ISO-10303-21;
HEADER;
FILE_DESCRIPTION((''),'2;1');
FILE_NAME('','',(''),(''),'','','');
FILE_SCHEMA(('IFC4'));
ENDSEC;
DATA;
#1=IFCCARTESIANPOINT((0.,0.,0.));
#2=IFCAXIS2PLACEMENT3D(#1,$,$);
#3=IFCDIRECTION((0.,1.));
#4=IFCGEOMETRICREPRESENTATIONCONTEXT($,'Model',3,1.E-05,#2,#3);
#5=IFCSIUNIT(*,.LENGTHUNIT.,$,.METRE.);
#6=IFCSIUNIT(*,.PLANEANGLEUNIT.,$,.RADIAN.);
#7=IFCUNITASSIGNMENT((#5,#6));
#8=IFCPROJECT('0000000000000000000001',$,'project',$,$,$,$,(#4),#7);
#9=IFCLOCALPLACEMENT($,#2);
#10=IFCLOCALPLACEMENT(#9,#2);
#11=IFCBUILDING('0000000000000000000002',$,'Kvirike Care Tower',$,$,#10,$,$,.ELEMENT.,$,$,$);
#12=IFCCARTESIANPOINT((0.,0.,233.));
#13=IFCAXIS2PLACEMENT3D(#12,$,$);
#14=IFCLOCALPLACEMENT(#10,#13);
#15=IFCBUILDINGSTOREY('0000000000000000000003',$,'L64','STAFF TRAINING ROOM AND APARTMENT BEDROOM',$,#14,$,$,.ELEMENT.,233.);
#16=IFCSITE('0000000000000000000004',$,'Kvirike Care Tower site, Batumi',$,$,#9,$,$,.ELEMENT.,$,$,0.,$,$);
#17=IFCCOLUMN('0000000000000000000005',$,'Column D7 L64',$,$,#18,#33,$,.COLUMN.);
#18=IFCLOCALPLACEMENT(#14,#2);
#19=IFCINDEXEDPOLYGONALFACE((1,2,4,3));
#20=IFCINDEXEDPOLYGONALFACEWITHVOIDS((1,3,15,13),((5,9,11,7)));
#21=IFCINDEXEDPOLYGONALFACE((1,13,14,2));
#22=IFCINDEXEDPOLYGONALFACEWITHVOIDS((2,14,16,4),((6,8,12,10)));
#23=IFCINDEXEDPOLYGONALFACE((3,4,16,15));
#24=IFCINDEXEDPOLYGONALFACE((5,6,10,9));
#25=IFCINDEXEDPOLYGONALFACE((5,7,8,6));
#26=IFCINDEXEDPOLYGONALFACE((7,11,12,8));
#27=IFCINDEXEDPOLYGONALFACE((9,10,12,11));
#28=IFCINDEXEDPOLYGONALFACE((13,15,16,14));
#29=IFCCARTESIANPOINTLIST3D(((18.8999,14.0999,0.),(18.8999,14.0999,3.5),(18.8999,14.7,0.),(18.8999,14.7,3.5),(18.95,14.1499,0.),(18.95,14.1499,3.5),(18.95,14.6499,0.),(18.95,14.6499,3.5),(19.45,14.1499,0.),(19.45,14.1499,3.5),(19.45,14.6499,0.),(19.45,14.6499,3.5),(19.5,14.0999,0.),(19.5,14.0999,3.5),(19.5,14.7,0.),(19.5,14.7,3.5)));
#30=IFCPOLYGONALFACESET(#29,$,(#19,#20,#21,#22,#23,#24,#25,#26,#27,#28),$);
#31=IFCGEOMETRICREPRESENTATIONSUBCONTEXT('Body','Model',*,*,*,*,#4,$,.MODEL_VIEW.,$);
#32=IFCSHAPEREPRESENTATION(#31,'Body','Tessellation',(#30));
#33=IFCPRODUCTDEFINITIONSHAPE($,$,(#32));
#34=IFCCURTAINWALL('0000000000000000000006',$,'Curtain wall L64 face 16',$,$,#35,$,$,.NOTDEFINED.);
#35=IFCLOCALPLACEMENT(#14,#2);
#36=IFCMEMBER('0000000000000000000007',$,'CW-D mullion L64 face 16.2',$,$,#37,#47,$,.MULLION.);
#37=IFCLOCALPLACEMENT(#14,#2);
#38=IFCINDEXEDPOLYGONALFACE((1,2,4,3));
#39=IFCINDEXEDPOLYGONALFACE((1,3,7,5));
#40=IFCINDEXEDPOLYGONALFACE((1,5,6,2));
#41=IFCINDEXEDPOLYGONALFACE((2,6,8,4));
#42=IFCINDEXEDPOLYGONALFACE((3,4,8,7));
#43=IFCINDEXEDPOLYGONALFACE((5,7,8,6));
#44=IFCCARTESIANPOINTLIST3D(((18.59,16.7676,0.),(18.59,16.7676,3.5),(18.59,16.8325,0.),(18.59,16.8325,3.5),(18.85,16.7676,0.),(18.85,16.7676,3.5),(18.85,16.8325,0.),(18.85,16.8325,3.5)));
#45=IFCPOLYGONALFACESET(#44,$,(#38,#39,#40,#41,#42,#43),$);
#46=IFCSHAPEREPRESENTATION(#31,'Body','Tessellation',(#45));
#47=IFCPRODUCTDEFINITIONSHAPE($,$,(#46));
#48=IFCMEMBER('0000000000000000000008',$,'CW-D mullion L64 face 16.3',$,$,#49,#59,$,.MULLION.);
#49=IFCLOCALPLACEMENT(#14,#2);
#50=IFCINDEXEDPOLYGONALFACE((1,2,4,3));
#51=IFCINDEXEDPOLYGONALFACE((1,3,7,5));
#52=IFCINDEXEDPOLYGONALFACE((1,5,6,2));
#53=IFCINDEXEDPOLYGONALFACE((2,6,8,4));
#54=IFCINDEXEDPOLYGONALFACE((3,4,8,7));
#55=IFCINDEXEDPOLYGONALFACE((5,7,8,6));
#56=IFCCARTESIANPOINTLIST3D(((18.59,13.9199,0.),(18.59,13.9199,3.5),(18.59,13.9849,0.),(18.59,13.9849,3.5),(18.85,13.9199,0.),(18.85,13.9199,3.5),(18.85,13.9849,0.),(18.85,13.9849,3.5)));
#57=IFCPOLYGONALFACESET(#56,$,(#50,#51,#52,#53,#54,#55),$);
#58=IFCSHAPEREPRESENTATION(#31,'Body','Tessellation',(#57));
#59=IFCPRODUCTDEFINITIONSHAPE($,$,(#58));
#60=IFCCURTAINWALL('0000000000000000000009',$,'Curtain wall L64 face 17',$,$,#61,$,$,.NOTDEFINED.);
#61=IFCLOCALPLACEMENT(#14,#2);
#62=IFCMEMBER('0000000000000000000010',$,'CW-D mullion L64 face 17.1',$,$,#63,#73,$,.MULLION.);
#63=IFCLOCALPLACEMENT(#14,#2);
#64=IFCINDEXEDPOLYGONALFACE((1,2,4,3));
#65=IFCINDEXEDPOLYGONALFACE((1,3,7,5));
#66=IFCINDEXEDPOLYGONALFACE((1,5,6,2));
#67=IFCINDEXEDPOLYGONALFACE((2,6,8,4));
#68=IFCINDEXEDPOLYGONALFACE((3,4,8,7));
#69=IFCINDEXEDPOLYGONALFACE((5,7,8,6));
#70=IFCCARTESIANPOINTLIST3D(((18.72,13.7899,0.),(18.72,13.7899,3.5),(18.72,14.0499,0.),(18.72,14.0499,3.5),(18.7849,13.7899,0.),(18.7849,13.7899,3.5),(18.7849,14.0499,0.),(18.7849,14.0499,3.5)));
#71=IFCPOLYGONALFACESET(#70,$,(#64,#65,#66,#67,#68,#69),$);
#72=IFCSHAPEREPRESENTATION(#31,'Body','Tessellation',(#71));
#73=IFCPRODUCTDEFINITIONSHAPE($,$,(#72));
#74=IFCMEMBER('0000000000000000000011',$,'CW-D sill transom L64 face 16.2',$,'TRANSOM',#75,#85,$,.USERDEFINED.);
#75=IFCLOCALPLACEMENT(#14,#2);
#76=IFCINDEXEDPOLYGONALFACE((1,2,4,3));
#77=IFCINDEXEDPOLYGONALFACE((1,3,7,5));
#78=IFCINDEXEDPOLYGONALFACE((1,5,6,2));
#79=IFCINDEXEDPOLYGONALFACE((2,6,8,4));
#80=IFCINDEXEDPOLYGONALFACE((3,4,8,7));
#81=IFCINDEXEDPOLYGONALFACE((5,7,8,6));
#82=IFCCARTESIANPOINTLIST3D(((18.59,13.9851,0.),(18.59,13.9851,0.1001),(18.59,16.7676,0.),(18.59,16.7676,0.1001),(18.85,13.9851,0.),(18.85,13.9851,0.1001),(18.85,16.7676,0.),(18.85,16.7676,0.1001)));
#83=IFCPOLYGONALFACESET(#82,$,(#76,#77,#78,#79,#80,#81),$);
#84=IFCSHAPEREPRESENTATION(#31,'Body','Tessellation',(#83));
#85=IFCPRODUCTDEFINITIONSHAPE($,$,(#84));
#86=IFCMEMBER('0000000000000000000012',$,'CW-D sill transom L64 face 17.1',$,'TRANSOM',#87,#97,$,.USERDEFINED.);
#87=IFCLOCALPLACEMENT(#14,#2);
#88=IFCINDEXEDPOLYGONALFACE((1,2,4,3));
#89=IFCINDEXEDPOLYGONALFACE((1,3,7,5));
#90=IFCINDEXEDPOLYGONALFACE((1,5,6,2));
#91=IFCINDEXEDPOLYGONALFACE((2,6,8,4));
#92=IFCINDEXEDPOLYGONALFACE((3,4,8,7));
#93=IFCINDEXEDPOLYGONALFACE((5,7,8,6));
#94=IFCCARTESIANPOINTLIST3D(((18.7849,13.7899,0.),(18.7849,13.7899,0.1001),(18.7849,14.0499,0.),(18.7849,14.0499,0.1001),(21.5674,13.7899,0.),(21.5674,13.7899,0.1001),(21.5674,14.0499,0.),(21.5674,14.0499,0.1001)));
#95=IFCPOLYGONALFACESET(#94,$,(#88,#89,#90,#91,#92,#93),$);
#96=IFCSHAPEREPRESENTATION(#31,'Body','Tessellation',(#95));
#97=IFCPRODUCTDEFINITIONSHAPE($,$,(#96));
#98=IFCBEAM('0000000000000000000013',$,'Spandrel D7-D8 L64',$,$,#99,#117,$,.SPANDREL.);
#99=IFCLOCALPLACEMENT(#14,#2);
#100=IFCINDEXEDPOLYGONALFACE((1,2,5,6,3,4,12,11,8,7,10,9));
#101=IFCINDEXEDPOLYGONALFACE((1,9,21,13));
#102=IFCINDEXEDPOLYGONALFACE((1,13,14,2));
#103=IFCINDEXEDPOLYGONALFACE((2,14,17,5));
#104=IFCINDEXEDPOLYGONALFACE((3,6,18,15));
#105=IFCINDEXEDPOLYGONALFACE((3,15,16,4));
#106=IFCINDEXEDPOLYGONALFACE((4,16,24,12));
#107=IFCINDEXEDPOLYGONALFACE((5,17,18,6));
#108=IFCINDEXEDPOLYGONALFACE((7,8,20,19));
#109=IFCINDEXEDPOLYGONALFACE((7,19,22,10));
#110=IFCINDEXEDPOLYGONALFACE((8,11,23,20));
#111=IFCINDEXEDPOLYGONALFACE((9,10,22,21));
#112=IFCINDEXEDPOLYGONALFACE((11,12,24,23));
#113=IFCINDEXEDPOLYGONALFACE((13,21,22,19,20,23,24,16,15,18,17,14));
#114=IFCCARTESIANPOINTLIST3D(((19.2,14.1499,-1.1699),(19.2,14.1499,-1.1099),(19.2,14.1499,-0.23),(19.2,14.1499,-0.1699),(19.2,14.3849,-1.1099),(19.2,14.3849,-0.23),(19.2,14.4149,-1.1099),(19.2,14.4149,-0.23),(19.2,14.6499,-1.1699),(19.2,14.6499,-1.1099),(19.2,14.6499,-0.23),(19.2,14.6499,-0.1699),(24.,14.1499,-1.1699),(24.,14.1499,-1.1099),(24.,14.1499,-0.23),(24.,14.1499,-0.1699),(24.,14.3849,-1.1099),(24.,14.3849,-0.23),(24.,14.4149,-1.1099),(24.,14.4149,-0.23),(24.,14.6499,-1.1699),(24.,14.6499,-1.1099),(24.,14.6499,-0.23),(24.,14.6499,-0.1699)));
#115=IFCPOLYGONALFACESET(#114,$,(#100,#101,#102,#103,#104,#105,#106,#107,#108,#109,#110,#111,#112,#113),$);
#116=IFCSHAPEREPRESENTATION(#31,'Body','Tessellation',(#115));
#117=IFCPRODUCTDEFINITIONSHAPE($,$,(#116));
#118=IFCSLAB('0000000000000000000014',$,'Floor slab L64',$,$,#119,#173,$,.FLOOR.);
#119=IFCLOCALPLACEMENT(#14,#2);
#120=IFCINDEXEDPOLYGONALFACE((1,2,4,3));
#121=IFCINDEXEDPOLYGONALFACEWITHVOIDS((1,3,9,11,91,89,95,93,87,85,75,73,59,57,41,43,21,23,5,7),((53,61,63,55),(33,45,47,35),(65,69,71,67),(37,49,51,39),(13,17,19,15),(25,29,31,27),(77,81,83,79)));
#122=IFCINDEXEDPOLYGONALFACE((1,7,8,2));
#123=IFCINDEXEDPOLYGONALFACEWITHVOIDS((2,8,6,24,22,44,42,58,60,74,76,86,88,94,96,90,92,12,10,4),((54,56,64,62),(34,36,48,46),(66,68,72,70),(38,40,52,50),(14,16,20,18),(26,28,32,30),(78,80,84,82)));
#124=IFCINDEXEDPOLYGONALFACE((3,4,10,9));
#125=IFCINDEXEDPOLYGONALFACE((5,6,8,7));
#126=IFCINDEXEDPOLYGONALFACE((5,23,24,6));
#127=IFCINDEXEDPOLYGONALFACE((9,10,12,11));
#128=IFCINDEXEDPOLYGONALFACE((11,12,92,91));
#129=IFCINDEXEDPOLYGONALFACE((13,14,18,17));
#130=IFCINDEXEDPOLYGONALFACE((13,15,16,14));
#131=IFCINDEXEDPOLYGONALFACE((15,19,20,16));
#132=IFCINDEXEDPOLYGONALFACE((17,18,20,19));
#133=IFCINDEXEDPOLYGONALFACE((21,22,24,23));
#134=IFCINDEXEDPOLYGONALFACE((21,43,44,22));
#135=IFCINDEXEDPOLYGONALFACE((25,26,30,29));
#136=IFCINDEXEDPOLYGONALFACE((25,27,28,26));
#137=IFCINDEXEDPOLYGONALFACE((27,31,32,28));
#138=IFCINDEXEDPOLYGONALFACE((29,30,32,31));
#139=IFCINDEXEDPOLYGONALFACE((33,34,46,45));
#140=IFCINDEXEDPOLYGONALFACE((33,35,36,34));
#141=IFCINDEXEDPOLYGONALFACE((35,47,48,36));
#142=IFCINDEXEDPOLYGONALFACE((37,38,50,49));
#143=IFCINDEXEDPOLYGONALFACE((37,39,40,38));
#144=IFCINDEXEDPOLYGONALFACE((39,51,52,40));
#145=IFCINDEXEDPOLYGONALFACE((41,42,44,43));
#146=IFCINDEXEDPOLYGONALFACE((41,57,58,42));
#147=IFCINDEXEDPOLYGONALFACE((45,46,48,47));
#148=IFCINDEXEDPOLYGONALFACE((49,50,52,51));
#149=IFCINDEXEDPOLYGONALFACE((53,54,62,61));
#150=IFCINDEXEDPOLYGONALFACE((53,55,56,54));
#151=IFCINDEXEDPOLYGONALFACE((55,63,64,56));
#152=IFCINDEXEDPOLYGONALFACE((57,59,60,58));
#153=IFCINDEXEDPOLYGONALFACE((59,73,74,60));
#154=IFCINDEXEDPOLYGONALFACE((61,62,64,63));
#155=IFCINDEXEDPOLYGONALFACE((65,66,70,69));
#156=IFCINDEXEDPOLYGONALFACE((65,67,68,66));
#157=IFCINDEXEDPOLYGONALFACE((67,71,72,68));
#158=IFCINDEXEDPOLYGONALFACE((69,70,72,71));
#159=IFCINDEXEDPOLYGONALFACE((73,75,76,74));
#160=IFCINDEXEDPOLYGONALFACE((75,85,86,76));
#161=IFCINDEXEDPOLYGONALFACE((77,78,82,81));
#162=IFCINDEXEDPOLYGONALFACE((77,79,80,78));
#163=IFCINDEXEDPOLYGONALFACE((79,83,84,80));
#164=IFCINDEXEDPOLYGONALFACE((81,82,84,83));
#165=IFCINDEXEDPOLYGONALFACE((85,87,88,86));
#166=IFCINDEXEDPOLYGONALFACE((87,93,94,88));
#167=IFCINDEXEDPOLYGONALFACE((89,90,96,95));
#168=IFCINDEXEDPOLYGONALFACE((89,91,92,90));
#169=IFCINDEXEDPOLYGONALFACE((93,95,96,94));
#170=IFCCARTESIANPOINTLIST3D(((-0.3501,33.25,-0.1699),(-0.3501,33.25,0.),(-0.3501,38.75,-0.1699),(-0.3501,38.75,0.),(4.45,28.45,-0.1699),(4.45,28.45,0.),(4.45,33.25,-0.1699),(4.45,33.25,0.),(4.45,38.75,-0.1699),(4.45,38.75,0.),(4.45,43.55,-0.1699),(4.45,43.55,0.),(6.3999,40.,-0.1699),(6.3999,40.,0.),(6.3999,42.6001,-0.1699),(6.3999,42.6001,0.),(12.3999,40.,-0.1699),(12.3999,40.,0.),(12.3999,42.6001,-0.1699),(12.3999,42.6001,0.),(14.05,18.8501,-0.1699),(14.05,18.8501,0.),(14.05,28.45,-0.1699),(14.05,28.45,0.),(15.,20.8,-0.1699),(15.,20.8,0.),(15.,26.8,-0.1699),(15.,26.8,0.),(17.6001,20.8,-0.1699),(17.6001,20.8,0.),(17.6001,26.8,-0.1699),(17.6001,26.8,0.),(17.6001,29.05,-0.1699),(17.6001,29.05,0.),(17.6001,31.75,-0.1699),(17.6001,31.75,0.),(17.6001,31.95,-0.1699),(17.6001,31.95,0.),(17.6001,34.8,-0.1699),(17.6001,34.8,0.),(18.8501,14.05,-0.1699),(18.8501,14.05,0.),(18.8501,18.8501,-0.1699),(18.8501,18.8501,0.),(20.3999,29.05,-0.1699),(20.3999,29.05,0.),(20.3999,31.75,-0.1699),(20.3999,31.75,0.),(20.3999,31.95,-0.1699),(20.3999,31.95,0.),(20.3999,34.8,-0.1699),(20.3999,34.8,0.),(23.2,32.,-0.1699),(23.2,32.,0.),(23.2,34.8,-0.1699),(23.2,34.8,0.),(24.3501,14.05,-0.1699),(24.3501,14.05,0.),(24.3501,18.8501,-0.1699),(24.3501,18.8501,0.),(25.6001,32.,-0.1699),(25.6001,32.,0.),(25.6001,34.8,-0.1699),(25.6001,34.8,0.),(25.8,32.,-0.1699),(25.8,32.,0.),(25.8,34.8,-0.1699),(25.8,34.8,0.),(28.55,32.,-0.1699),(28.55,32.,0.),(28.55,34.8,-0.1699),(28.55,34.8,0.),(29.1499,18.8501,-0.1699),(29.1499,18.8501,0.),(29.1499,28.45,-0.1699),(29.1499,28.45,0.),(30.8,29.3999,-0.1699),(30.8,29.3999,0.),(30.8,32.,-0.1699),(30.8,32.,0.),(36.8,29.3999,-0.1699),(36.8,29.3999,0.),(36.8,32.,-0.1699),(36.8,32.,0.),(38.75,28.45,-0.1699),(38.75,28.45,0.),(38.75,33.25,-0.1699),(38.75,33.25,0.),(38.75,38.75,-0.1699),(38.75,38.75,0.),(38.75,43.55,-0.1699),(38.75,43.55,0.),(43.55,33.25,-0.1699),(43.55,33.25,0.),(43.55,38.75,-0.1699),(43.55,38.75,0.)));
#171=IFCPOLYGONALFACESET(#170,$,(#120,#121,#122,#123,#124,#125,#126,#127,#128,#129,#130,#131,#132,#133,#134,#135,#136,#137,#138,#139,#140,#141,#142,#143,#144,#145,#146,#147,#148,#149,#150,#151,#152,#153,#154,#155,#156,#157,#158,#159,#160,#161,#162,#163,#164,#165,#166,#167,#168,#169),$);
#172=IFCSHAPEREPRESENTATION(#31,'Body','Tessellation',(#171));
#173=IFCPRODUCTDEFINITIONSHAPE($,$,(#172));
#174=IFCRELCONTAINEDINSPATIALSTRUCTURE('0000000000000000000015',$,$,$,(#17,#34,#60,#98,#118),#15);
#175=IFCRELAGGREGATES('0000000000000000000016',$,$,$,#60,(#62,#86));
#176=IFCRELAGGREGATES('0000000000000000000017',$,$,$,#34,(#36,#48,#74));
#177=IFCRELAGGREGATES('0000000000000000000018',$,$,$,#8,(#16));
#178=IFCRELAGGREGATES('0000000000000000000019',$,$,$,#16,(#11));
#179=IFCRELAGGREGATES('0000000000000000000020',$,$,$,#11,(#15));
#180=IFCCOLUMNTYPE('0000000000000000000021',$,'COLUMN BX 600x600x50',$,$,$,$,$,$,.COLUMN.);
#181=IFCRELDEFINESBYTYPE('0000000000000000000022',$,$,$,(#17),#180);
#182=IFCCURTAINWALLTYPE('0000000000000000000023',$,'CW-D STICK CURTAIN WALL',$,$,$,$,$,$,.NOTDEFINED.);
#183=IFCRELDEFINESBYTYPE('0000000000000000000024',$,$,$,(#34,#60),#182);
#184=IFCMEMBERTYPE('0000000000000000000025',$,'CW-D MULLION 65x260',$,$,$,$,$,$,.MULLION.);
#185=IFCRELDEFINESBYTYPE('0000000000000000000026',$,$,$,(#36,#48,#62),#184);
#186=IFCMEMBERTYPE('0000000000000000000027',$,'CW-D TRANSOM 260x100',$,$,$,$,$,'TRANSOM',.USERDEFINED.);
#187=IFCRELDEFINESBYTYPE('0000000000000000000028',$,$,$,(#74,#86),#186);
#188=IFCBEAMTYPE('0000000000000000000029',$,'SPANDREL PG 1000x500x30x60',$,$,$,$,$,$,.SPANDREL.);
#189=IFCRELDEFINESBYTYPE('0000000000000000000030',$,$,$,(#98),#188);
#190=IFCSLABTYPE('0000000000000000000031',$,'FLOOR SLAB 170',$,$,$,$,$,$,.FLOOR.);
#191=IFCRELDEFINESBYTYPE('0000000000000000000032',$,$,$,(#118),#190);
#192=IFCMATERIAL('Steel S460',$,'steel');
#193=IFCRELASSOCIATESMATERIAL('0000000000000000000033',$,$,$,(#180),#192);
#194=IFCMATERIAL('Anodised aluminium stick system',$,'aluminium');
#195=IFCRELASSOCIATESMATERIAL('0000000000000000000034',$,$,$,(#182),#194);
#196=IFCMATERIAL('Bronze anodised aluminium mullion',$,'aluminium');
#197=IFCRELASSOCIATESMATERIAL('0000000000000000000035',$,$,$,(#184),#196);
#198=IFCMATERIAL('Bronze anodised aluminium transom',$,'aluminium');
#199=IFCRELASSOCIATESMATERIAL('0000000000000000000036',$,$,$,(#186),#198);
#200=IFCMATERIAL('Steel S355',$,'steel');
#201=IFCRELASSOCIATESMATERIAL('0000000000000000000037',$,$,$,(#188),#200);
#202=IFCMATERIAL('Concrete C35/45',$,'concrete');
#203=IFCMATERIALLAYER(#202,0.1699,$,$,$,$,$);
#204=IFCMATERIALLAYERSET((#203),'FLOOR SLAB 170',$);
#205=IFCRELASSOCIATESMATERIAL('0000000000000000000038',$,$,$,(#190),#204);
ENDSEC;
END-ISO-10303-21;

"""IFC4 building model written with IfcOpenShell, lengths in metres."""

from ifc_helpers import new_model, si_unit, direction, frame, origin, origin_2d, place, context, subcontext, project, spatial, polyline, rectangle, hollow_rectangle, i_section, outline, extrude, material, layer, layer_set, material_profile, profile_set, type_object, element, aggregate, save


model = new_model("IFC4")

# Units and contexts
model_context = context("Model", 3, precision=1e-05, world=origin(), true_north=direction((0.0, 1.0)))
body_context = subcontext(model_context, "Body", "Model", "MODEL_VIEW")
ifc_project = project(units=[si_unit("LENGTHUNIT", "METRE"), si_unit("PLANEANGLEUNIT", "RADIAN")], contexts=[model_context])

# Site, building, storey
site_placement = place(None, origin())
site = spatial("IfcSite", under=ifc_project, at=site_placement, Name="Kvirike Care Tower site, Batumi", CompositionType="ELEMENT", RefElevation=0.0)
building_placement = place(site_placement, origin())
building = spatial("IfcBuilding", under=site, at=building_placement, Name="Kvirike Care Tower", CompositionType="ELEMENT")
storey_placement = place(building_placement, frame((0.0, 0.0, 233.0)))
storey = spatial("IfcBuildingStorey", under=building, at=storey_placement, Name="L64", Description="STAFF TRAINING ROOM AND APARTMENT BEDROOM", CompositionType="ELEMENT", Elevation=233.0)

# Column
ifc_material_1 = material(Name="Steel S460", Category="steel")
ifc_material_profile_1 = material_profile(ifc_material_1, hollow_rectangle(XDim=0.6001, YDim=0.6001, WallThickness=0.05, at=origin_2d()), Name="BX 600x600x50")
ifc_profile_set_1 = profile_set([ifc_material_profile_1], Name="Steel S460")
column_type = type_object("IfcColumnType", Name="COLUMN BX 600x600x50", PredefinedType="COLUMN", material=ifc_profile_set_1)
column_placement = place(storey_placement, frame((19.2, 14.3999, 0.0), z_axis=(0.0, 0.0, 1.0), x_axis=(0.0, 1.0, 0.0)))
element("IfcColumn", 1, at=column_placement, inside=storey, type_object=column_type, Name="Column D7 L64", PredefinedType="COLUMN", context=body_context, shape_type="SweptSolid", body=[
    extrude(hollow_rectangle(XDim=0.6001, YDim=0.6001, WallThickness=0.05, at=origin_2d()), origin(), (0.0, 0.0, 1.0), 3.5),
])

# Curtain wall, members
ifc_material_2 = material(Name="Anodised aluminium stick system", Category="aluminium")
curtain_wall_type = type_object("IfcCurtainWallType", Name="CW-D STICK CURTAIN WALL", PredefinedType="NOTDEFINED", material=ifc_material_2)
curtain_wall_1_placement = place(storey_placement, origin())
curtain_wall_1 = element("IfcCurtainWall", 2, at=curtain_wall_1_placement, inside=storey, type_object=curtain_wall_type, Name="Curtain wall L64 face 16", PredefinedType="NOTDEFINED")
ifc_material_3 = material(Name="Bronze anodised aluminium mullion", Category="aluminium")
ifc_material_profile_2 = material_profile(ifc_material_3, rectangle(XDim=0.0649, YDim=0.26, at=origin_2d()), Name="CW-D MULLION 65x260")
ifc_profile_set_2 = profile_set([ifc_material_profile_2], Name="Bronze anodised aluminium mullion")
member_type_1 = type_object("IfcMemberType", Name="CW-D MULLION 65x260", PredefinedType="MULLION", material=ifc_profile_set_2)
member_1_placement = place(storey_placement, frame((18.72, 16.8, 0.0), z_axis=(0.0, 0.0, 1.0), x_axis=(0.0, -1.0, 0.0)))
member_1 = element("IfcMember", 3, at=member_1_placement, type_object=member_type_1, Name="CW-D mullion L64 face 16.2", PredefinedType="MULLION", context=body_context, shape_type="SweptSolid", body=[
    extrude(rectangle(XDim=0.0649, YDim=0.26, at=origin_2d()), origin(), (0.0, 0.0, 1.0), 3.5),
])
member_2_placement = place(storey_placement, frame((18.72, 13.9524, 0.0), z_axis=(0.0, 0.0, 1.0), x_axis=(0.0, -1.0, 0.0)))
member_2 = element("IfcMember", 4, at=member_2_placement, type_object=member_type_1, Name="CW-D mullion L64 face 16.3", PredefinedType="MULLION", context=body_context, shape_type="SweptSolid", body=[
    extrude(rectangle(XDim=0.0649, YDim=0.26, at=origin_2d()), origin(), (0.0, 0.0, 1.0), 3.5),
])

# Curtain wall, member
curtain_wall_2_placement = place(storey_placement, origin())
curtain_wall_2 = element("IfcCurtainWall", 5, at=curtain_wall_2_placement, inside=storey, type_object=curtain_wall_type, Name="Curtain wall L64 face 17", PredefinedType="NOTDEFINED")
member_3_placement = place(storey_placement, frame((18.7524, 13.9199, 0.0), z_axis=(0.0, 0.0, 1.0), x_axis=(1.0, 0.0, 0.0)))
member_3 = element("IfcMember", 6, at=member_3_placement, type_object=member_type_1, Name="CW-D mullion L64 face 17.1", PredefinedType="MULLION", context=body_context, shape_type="SweptSolid", body=[
    extrude(rectangle(XDim=0.0649, YDim=0.26, at=origin_2d()), origin(), (0.0, 0.0, 1.0), 3.5),
])

# Members
ifc_material_4 = material(Name="Bronze anodised aluminium transom", Category="aluminium")
ifc_material_profile_3 = material_profile(ifc_material_4, rectangle(XDim=0.26, YDim=0.1001, at=origin_2d()), Name="CW-D TRANSOM 260x100")
ifc_profile_set_3 = profile_set([ifc_material_profile_3], Name="Bronze anodised aluminium transom")
member_type_2 = type_object("IfcMemberType", Name="CW-D TRANSOM 260x100", ElementType="TRANSOM", PredefinedType="USERDEFINED", material=ifc_profile_set_3)
member_4_placement = place(storey_placement, frame((18.72, 16.7676, 0.05), z_axis=(0.0, -1.0, 0.0), x_axis=(1.0, 0.0, 0.0)))
member_4 = element("IfcMember", 7, at=member_4_placement, type_object=member_type_2, Name="CW-D sill transom L64 face 16.2", ObjectType="TRANSOM", PredefinedType="USERDEFINED", context=body_context, shape_type="SweptSolid", body=[
    extrude(rectangle(XDim=0.26, YDim=0.1001, at=origin_2d()), origin(), (0.0, 0.0, 1.0), 2.7825),
])
member_5_placement = place(storey_placement, frame((18.7849, 13.9199, 0.05), z_axis=(1.0, 0.0, 0.0), x_axis=(0.0, 1.0, 0.0)))
member_5 = element("IfcMember", 8, at=member_5_placement, type_object=member_type_2, Name="CW-D sill transom L64 face 17.1", ObjectType="TRANSOM", PredefinedType="USERDEFINED", context=body_context, shape_type="SweptSolid", body=[
    extrude(rectangle(XDim=0.26, YDim=0.1001, at=origin_2d()), origin(), (0.0, 0.0, 1.0), 2.7825),
])
aggregate(curtain_wall_2, [member_3, member_5])

# Beam
ifc_material_5 = material(Name="Steel S355", Category="steel")
ifc_material_profile_4 = material_profile(ifc_material_5, i_section(OverallWidth=0.5, OverallDepth=1.0, WebThickness=0.03, FlangeThickness=0.0601, at=origin_2d()), Name="PG 1000x500x30x60")
ifc_profile_set_4 = profile_set([ifc_material_profile_4], Name="Steel S355")
beam_type = type_object("IfcBeamType", Name="SPANDREL PG 1000x500x30x60", PredefinedType="SPANDREL", material=ifc_profile_set_4)
beam_placement = place(storey_placement, frame((19.2, 14.3999, -0.6699), z_axis=(1.0, 0.0, 0.0), x_axis=(0.0, 1.0, 0.0)))
element("IfcBeam", 9, at=beam_placement, inside=storey, type_object=beam_type, Name="Spandrel D7-D8 L64", PredefinedType="SPANDREL", context=body_context, shape_type="SweptSolid", body=[
    extrude(i_section(OverallWidth=0.5, OverallDepth=1.0, WebThickness=0.03, FlangeThickness=0.0601, at=origin_2d()), origin(), (0.0, 0.0, 1.0), 4.8),
])

# Slab
ifc_material_6 = material(Name="Concrete C35/45", Category="concrete")
ifc_layer_1 = layer(ifc_material_6, 0.1699)
ifc_layer_set_1 = layer_set([ifc_layer_1], Name="FLOOR SLAB 170")
slab_type_1 = type_object("IfcSlabType", Name="FLOOR SLAB 170", PredefinedType="FLOOR", material=ifc_layer_set_1)
slab_1_placement = place(storey_placement, frame((0.0, 0.0, -0.1699)))
element("IfcSlab", 10, at=slab_1_placement, inside=storey, type_object=slab_type_1, Name="Floor slab L64", PredefinedType="FLOOR", context=body_context, shape_type="SweptSolid", body=[
    extrude(outline(polyline([(29.1499, 28.45), (38.75, 28.45), (38.75, 33.25), (43.55, 33.25), (43.55, 38.75), (38.75, 38.75), (38.75, 43.55), (4.45, 43.55), (4.45, 38.75), (-0.3501, 38.75), (-0.3501, 33.25), (4.45, 33.25), (4.45, 28.45), (14.05, 28.45), (14.05, 18.8501), (18.8501, 18.8501), (18.8501, 14.05), (24.3501, 14.05), (24.3501, 18.8501), (29.1499, 18.8501), (29.1499, 28.45)]), holes=[polyline([(17.6001, 29.05), (17.6001, 31.75), (20.3999, 31.75), (20.3999, 29.05), (17.6001, 29.05)]), polyline([(17.6001, 31.95), (17.6001, 34.8), (20.3999, 34.8), (20.3999, 31.95), (17.6001, 31.95)]), polyline([(23.2, 32.0), (23.2, 34.8), (25.6001, 34.8), (25.6001, 32.0), (23.2, 32.0)]), polyline([(25.8, 32.0), (25.8, 34.8), (28.55, 34.8), (28.55, 32.0), (25.8, 32.0)]), polyline([(12.3999, 42.6001), (12.3999, 40.0), (6.3999, 40.0), (6.3999, 42.6001), (12.3999, 42.6001)]), polyline([(30.8, 29.3999), (30.8, 32.0), (36.8, 32.0), (36.8, 29.3999), (30.8, 29.3999)]), polyline([(15.0, 26.8), (17.6001, 26.8), (17.6001, 20.8), (15.0, 20.8), (15.0, 26.8)])]), origin(), (0.0, 0.0, 1.0), 0.1699),
])

aggregate(curtain_wall_1, [member_1, member_2, member_4])

save(model, "model.ifc")
